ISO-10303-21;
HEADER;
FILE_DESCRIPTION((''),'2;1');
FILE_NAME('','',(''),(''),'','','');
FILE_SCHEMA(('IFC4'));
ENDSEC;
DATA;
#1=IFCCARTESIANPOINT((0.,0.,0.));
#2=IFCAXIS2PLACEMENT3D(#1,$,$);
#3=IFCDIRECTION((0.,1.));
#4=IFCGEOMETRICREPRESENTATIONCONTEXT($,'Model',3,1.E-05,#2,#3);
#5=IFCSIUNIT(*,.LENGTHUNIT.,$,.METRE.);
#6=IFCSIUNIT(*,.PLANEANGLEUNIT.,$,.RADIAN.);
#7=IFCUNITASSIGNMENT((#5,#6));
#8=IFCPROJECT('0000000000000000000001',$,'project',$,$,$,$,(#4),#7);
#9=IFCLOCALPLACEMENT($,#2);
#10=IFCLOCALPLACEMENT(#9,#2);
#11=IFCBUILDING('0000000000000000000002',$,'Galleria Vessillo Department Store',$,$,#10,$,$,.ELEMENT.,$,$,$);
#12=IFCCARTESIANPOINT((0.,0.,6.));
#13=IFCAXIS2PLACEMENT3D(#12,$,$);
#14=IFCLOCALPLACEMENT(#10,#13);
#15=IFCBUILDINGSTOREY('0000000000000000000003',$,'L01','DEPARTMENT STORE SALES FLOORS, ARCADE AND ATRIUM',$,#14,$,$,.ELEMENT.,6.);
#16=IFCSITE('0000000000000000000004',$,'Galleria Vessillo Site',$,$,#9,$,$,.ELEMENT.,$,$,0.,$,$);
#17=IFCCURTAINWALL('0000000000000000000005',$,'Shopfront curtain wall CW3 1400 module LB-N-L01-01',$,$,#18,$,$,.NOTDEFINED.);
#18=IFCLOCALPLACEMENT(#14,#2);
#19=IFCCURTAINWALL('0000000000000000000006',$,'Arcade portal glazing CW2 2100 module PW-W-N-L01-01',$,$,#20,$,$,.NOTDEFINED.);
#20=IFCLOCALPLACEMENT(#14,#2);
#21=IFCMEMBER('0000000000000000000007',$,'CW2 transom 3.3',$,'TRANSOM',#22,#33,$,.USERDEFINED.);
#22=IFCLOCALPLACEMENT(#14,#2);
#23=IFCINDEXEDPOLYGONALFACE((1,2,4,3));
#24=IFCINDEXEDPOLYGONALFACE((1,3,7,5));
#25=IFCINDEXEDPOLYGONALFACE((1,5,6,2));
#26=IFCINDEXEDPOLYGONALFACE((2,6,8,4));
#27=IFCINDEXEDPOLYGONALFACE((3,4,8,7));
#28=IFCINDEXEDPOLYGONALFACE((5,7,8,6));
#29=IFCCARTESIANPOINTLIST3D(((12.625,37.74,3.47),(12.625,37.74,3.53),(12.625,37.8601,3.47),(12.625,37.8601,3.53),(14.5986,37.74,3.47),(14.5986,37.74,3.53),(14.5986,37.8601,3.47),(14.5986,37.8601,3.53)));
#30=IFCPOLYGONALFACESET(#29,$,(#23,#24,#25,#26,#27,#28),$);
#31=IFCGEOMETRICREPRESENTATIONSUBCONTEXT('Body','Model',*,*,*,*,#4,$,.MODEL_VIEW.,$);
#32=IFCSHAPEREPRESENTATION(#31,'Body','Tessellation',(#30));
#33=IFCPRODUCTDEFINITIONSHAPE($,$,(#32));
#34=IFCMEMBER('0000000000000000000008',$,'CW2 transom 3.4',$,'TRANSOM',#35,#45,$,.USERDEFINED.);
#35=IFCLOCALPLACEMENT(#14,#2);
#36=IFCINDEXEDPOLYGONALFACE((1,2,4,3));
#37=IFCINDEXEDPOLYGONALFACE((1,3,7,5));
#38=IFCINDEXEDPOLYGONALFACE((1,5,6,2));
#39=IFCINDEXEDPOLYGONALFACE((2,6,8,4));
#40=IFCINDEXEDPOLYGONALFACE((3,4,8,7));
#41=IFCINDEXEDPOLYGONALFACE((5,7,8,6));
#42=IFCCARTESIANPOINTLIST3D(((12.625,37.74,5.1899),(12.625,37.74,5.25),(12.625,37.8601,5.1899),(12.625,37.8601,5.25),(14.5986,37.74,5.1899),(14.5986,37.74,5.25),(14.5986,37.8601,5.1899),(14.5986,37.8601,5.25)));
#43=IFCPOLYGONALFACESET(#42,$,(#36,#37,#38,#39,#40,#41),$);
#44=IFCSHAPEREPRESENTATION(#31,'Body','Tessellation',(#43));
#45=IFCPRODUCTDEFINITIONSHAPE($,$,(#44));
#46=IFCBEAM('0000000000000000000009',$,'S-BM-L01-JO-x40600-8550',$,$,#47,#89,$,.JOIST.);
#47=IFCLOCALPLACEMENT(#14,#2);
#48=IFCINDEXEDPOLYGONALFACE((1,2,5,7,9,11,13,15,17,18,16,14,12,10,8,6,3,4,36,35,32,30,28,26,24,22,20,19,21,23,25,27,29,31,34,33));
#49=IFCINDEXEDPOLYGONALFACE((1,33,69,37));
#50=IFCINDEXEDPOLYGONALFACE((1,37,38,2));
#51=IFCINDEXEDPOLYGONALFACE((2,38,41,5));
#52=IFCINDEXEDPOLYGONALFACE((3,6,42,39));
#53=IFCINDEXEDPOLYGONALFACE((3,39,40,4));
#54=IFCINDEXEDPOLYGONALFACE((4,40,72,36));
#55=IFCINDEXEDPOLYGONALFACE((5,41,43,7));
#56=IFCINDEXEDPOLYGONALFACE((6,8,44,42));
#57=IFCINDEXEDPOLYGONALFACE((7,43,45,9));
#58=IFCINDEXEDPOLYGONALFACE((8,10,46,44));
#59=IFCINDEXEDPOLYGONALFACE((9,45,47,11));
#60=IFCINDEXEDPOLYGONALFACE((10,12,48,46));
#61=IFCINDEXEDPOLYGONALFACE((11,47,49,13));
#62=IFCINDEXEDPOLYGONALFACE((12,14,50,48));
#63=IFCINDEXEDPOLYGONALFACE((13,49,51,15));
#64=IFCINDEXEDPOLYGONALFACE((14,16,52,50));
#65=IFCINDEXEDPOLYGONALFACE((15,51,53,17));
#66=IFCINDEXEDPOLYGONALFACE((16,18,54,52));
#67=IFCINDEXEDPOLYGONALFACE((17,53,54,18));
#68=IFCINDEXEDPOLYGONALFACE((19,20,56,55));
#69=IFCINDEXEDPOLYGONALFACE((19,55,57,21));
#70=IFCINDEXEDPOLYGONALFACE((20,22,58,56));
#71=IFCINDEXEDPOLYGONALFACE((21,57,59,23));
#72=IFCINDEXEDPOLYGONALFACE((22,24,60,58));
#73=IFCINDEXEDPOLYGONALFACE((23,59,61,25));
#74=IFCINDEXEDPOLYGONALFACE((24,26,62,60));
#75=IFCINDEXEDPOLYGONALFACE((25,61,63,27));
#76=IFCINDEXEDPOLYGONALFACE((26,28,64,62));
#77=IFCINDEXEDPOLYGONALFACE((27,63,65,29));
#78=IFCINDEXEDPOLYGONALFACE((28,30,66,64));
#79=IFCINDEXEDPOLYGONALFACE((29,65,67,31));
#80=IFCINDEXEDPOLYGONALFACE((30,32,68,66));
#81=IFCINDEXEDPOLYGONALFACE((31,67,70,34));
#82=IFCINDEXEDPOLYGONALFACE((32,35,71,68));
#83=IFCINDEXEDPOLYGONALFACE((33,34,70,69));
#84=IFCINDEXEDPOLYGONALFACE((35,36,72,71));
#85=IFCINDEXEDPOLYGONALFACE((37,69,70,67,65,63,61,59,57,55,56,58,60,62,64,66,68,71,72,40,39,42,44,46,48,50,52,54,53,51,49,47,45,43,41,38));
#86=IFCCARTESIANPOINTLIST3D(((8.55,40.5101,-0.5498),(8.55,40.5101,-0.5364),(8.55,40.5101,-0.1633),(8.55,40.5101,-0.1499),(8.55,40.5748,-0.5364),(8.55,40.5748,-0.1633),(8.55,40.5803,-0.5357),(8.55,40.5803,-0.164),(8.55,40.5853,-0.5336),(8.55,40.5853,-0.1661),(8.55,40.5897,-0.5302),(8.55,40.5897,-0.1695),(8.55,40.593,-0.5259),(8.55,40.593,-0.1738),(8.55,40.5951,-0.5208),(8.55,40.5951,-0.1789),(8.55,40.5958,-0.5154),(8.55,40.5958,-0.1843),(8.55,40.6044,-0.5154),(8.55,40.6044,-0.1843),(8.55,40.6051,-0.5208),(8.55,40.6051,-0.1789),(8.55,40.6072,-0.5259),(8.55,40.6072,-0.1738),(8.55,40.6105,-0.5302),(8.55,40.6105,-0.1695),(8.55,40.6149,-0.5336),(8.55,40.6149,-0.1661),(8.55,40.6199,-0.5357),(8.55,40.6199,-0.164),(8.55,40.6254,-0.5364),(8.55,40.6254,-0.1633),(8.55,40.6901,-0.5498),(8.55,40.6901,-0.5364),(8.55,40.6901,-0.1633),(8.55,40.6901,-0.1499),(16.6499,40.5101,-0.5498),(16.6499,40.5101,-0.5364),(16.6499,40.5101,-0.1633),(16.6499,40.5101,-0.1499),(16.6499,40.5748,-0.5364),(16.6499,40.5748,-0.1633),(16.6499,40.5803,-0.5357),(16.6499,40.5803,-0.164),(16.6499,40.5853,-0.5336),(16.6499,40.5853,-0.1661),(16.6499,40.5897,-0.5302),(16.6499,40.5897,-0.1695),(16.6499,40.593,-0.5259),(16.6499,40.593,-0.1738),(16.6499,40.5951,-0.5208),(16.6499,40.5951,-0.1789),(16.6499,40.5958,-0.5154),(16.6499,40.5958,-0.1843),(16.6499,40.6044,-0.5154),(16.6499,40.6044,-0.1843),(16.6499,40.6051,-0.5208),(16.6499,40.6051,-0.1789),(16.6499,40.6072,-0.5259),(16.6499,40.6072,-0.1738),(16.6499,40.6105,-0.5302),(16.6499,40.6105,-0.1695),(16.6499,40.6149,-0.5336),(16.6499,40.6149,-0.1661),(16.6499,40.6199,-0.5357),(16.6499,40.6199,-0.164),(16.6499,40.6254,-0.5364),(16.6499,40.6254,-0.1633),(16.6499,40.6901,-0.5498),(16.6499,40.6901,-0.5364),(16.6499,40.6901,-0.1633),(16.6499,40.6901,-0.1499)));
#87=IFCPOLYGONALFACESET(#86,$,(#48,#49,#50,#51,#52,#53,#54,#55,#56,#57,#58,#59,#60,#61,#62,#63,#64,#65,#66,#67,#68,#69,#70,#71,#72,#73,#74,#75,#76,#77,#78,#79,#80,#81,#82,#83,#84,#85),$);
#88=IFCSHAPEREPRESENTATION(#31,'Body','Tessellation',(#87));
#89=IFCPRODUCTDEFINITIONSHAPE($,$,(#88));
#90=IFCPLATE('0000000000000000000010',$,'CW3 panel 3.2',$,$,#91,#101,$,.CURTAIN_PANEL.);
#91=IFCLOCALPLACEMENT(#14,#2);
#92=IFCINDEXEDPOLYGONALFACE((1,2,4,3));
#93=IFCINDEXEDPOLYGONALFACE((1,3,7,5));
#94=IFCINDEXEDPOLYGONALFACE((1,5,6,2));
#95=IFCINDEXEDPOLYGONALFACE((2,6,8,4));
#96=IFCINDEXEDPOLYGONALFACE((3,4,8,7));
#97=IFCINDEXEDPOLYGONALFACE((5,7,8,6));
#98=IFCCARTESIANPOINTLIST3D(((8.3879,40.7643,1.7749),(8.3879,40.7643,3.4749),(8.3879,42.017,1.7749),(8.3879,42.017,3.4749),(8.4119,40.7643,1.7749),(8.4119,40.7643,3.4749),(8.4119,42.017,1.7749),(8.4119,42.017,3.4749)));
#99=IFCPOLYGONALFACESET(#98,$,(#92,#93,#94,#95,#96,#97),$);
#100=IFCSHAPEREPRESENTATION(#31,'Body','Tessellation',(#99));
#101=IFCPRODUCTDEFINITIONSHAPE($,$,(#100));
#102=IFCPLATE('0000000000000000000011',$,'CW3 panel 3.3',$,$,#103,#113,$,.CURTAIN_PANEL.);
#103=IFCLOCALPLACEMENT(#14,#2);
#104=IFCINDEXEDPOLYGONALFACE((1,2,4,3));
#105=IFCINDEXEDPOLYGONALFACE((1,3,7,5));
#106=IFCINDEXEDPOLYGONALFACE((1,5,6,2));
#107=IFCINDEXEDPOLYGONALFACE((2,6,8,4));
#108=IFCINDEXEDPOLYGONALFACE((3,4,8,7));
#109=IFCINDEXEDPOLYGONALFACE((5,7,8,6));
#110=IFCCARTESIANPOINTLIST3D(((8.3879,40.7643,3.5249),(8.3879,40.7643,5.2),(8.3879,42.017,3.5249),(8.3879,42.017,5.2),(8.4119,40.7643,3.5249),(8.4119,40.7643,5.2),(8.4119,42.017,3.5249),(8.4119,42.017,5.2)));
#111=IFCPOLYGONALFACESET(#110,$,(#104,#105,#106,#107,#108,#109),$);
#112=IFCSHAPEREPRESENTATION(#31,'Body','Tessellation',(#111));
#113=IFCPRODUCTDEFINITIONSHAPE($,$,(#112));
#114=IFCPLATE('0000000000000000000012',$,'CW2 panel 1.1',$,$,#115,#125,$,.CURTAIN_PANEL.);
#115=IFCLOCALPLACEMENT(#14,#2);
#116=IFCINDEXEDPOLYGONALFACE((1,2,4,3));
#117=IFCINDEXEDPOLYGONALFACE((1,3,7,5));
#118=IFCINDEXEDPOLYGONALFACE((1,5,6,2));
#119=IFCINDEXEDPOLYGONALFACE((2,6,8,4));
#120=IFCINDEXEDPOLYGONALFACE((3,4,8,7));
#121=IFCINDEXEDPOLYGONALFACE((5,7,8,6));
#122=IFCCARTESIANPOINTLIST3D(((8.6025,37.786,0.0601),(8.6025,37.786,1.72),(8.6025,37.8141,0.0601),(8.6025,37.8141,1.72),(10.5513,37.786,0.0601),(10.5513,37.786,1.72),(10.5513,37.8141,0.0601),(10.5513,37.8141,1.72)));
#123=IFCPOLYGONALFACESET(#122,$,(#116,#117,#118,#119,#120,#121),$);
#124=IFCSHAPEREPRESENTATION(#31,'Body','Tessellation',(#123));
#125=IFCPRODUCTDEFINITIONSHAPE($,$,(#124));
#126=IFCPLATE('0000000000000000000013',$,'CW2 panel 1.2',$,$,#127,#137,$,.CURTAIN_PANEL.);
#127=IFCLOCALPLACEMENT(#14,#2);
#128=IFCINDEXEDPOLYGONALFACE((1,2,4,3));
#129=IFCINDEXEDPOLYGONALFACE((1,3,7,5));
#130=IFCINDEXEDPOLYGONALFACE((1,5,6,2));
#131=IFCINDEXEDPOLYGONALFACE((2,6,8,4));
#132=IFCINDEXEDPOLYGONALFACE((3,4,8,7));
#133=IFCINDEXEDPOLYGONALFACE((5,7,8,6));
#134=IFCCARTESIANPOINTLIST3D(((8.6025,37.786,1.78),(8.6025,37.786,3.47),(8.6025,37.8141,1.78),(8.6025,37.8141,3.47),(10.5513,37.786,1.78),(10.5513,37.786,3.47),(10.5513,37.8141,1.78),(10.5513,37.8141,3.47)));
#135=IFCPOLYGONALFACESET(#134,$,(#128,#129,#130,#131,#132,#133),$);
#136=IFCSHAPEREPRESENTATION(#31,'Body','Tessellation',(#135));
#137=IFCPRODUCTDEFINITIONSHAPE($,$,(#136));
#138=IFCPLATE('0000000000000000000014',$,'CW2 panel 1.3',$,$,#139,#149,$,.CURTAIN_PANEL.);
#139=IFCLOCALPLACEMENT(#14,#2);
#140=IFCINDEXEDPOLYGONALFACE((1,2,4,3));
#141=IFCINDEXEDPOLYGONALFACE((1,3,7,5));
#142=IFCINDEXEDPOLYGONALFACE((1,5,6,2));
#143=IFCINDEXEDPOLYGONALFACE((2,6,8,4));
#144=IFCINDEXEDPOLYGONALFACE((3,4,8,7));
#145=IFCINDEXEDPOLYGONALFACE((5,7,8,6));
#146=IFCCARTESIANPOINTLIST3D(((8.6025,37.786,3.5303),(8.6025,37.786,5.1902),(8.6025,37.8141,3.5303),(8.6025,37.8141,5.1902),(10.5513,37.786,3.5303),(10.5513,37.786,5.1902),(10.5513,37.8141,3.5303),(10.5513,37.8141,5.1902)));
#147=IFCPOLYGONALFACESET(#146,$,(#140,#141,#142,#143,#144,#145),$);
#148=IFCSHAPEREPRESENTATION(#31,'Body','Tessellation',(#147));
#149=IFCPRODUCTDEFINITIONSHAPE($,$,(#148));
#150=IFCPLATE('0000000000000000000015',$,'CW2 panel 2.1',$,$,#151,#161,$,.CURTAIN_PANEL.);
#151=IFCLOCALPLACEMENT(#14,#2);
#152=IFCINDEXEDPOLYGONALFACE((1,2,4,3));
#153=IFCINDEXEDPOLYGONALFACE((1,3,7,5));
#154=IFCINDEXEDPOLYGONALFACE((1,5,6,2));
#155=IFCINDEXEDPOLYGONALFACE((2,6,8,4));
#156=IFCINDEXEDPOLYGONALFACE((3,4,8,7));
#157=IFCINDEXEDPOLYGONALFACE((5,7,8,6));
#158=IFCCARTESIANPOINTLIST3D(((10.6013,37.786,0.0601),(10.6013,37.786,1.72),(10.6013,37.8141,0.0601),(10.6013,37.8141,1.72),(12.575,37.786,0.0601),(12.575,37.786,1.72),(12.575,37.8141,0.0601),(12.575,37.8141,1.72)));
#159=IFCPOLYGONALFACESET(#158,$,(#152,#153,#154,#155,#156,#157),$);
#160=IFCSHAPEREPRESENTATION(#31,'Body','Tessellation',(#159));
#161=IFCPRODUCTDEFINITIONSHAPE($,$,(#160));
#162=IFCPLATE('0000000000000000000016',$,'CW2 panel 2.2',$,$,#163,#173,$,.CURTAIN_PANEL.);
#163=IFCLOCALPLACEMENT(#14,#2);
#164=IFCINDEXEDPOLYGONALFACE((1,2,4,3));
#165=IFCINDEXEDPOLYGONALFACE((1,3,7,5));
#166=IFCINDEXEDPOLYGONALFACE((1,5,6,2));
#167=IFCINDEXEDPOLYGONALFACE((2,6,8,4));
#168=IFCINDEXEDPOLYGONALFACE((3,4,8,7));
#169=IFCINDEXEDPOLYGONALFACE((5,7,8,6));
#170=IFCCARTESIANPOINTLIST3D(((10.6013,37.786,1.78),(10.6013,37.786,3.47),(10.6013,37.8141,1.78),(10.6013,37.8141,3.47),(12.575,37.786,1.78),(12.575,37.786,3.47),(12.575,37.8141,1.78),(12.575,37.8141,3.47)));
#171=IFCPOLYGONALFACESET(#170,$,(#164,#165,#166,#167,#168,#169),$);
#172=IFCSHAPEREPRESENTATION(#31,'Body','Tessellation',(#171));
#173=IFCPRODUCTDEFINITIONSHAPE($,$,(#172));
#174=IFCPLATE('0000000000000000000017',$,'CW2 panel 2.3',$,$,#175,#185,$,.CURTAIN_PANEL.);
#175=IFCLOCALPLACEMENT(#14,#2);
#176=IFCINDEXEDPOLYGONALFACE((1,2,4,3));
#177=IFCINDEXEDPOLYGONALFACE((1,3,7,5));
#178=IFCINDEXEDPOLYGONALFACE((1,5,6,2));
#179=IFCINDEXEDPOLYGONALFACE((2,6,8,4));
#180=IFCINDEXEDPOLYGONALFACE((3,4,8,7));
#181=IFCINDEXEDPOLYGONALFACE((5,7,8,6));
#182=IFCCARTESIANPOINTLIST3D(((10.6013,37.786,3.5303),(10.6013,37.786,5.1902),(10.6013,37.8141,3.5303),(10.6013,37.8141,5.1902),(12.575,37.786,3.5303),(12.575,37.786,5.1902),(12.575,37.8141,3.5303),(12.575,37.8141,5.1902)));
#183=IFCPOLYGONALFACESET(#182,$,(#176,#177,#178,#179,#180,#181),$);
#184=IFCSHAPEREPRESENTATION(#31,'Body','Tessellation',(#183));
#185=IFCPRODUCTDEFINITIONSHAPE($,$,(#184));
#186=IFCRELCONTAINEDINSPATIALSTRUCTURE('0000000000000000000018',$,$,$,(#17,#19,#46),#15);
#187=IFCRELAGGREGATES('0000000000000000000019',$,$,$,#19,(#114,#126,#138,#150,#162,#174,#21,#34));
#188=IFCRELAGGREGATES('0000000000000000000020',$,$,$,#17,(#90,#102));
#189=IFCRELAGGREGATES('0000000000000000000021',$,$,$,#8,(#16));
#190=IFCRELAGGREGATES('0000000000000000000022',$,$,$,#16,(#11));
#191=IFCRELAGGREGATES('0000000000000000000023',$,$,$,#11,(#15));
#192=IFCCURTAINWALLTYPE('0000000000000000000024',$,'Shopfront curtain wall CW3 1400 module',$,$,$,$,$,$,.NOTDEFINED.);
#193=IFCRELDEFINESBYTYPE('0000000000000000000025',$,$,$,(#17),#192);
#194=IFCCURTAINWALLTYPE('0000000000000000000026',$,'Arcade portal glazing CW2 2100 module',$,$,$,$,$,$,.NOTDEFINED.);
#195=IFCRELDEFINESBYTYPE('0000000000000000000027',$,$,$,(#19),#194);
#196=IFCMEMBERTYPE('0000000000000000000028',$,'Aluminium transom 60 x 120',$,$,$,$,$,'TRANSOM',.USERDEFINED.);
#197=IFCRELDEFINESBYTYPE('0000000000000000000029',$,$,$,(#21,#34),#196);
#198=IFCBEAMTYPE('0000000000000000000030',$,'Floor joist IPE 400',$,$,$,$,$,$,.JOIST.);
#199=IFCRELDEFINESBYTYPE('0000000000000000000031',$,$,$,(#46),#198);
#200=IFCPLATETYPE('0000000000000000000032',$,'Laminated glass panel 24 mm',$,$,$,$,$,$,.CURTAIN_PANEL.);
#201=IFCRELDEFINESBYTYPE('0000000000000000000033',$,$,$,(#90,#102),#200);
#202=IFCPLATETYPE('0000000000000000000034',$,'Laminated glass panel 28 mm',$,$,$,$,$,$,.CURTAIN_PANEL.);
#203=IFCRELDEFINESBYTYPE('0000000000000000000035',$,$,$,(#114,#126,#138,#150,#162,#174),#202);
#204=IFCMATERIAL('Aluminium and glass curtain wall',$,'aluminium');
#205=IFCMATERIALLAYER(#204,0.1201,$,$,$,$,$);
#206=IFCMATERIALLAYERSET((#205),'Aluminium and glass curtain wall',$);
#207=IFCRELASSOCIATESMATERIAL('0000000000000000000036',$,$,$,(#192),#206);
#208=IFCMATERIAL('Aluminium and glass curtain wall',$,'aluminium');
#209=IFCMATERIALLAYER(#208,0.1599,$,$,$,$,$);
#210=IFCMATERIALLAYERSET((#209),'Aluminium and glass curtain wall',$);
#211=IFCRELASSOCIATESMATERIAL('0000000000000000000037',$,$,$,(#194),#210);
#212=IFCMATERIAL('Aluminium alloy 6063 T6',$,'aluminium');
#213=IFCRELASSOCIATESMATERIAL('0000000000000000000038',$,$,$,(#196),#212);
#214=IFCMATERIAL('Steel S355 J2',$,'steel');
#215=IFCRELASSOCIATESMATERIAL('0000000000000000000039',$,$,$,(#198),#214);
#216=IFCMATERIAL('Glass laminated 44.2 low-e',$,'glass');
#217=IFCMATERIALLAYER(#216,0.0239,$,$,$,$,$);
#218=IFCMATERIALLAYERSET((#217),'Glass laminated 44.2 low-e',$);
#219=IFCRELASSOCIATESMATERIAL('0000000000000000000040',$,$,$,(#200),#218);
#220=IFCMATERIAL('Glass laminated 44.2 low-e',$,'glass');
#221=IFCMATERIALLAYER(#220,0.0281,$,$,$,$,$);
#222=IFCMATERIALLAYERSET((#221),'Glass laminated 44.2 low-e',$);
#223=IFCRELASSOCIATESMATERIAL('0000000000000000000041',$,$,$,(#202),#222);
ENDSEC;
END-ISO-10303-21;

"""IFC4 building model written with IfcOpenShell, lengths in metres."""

from ifc_helpers import new_model, si_unit, direction, frame, origin, origin_2d, place, context, subcontext, project, spatial, rectangle, i_section, extrude, material, layer, layer_set, material_profile, profile_set, type_object, element, aggregate, save


model = new_model("IFC4")

# Units and contexts
model_context = context("Model", 3, precision=1e-05, world=origin(), true_north=direction((0.0, 1.0)))
body_context = subcontext(model_context, "Body", "Model", "MODEL_VIEW")
ifc_project = project(units=[si_unit("LENGTHUNIT", "METRE"), si_unit("PLANEANGLEUNIT", "RADIAN")], contexts=[model_context])

# Site, building, storey
site_placement = place(None, origin())
site = spatial("IfcSite", under=ifc_project, at=site_placement, Name="Galleria Vessillo Site", CompositionType="ELEMENT", RefElevation=0.0)
building_placement = place(site_placement, origin())
building = spatial("IfcBuilding", under=site, at=building_placement, Name="Galleria Vessillo Department Store", CompositionType="ELEMENT")
storey_placement = place(building_placement, frame((0.0, 0.0, 6.0)))
storey = spatial("IfcBuildingStorey", under=building, at=storey_placement, Name="L01", Description="DEPARTMENT STORE SALES FLOORS, ARCADE AND ATRIUM", CompositionType="ELEMENT", Elevation=6.0)

# Curtain wall
ifc_material_1 = material(Name="Aluminium and glass curtain wall", Category="aluminium")
ifc_layer_1 = layer(ifc_material_1, 0.1201)
ifc_layer_set_1 = layer_set([ifc_layer_1], Name="Aluminium and glass curtain wall")
curtain_wall_type_1 = type_object("IfcCurtainWallType", Name="Shopfront curtain wall CW3 1400 module", PredefinedType="NOTDEFINED", material=ifc_layer_set_1)
curtain_wall_1_placement = place(storey_placement, origin())
curtain_wall_1 = element("IfcCurtainWall", 1, at=curtain_wall_1_placement, inside=storey, type_object=curtain_wall_type_1, Name="Shopfront curtain wall CW3 1400 module LB-N-L01-01", PredefinedType="NOTDEFINED")

# Curtain wall
ifc_material_2 = material(Name="Aluminium and glass curtain wall", Category="aluminium")
ifc_layer_2 = layer(ifc_material_2, 0.1599)
ifc_layer_set_2 = layer_set([ifc_layer_2], Name="Aluminium and glass curtain wall")
curtain_wall_type_2 = type_object("IfcCurtainWallType", Name="Arcade portal glazing CW2 2100 module", PredefinedType="NOTDEFINED", material=ifc_layer_set_2)
curtain_wall_2_placement = place(storey_placement, origin())
curtain_wall_2 = element("IfcCurtainWall", 2, at=curtain_wall_2_placement, inside=storey, type_object=curtain_wall_type_2, Name="Arcade portal glazing CW2 2100 module PW-W-N-L01-01", PredefinedType="NOTDEFINED")

# Members
ifc_material_3 = material(Name="Aluminium alloy 6063 T6", Category="aluminium")
ifc_material_profile_1 = material_profile(ifc_material_3, rectangle(XDim=0.1201, YDim=0.0601, at=origin_2d()), Name="AL 60x120")
ifc_profile_set_1 = profile_set([ifc_material_profile_1], Name="Aluminium alloy 6063 T6")
member_type_1 = type_object("IfcMemberType", Name="Aluminium transom 60 x 120", ElementType="TRANSOM", PredefinedType="USERDEFINED", material=ifc_profile_set_1)
member_1_placement = place(storey_placement, frame((12.625, 37.8, 3.5), z_axis=(1.0, 0.0, 0.0), x_axis=(0.0, 1.0, 0.0)))
member_1 = element("IfcMember", 3, at=member_1_placement, type_object=member_type_1, Name="CW2 transom 3.3", ObjectType="TRANSOM", PredefinedType="USERDEFINED", context=body_context, shape_type="SweptSolid", body=[
    extrude(rectangle(XDim=0.1201, YDim=0.0601, at=origin_2d()), origin(), (0.0, 0.0, 1.0), 1.9736),
])
member_2_placement = place(storey_placement, frame((12.625, 37.8, 5.22), z_axis=(1.0, 0.0, 0.0), x_axis=(0.0, 1.0, 0.0)))
member_2 = element("IfcMember", 4, at=member_2_placement, type_object=member_type_1, Name="CW2 transom 3.4", ObjectType="TRANSOM", PredefinedType="USERDEFINED", context=body_context, shape_type="SweptSolid", body=[
    extrude(rectangle(XDim=0.1201, YDim=0.0601, at=origin_2d()), origin(), (0.0, 0.0, 1.0), 1.9736),
])

# Beam
ifc_material_4 = material(Name="Steel S355 J2", Category="steel")
ifc_material_profile_2 = material_profile(ifc_material_4, i_section(OverallWidth=0.1799, OverallDepth=0.3999, WebThickness=0.0085, FlangeThickness=0.0134, FilletRadius=0.021, at=origin_2d()), Name="IPE 400")
ifc_profile_set_2 = profile_set([ifc_material_profile_2], Name="Steel S355 J2")
beam_type = type_object("IfcBeamType", Name="Floor joist IPE 400", PredefinedType="JOIST", material=ifc_profile_set_2)
beam_placement = place(storey_placement, frame((8.55, 40.6001, -0.3499), z_axis=(1.0, 0.0, 0.0), x_axis=(0.0, 1.0, 0.0)))
element("IfcBeam", 5, at=beam_placement, inside=storey, type_object=beam_type, Name="S-BM-L01-JO-x40600-8550", PredefinedType="JOIST", context=body_context, shape_type="SweptSolid", body=[
    extrude(i_section(OverallWidth=0.1799, OverallDepth=0.3999, WebThickness=0.0085, FlangeThickness=0.0134, FilletRadius=0.021, at=origin_2d()), origin(), (0.0, 0.0, 1.0), 8.0999),
])

# Plates
ifc_material_5 = material(Name="Glass laminated 44.2 low-e", Category="glass")
ifc_layer_3 = layer(ifc_material_5, 0.0239)
ifc_layer_set_3 = layer_set([ifc_layer_3], Name="Glass laminated 44.2 low-e")
plate_type_1 = type_object("IfcPlateType", Name="Laminated glass panel 24 mm", PredefinedType="CURTAIN_PANEL", material=ifc_layer_set_3)
plate_1_placement = place(storey_placement, frame((8.3999, 41.3906, 1.7749), z_axis=(0.0, 0.0, 1.0), x_axis=(0.0, 1.0, 0.0)))
plate_1 = element("IfcPlate", 6, at=plate_1_placement, type_object=plate_type_1, Name="CW3 panel 3.2", PredefinedType="CURTAIN_PANEL", context=body_context, shape_type="SweptSolid", body=[
    extrude(rectangle(XDim=1.2527, YDim=0.0239, at=origin_2d()), origin(), (0.0, 0.0, 1.0), 1.7),
])
plate_2_placement = place(storey_placement, frame((8.3999, 41.3906, 3.5249), z_axis=(0.0, 0.0, 1.0), x_axis=(0.0, 1.0, 0.0)))
plate_2 = element("IfcPlate", 7, at=plate_2_placement, type_object=plate_type_1, Name="CW3 panel 3.3", PredefinedType="CURTAIN_PANEL", context=body_context, shape_type="SweptSolid", body=[
    extrude(rectangle(XDim=1.2527, YDim=0.0239, at=origin_2d()), origin(), (0.0, 0.0, 1.0), 1.675),
])
ifc_material_6 = material(Name="Glass laminated 44.2 low-e", Category="glass")
ifc_layer_4 = layer(ifc_material_6, 0.0281)
ifc_layer_set_4 = layer_set([ifc_layer_4], Name="Glass laminated 44.2 low-e")
plate_type_2 = type_object("IfcPlateType", Name="Laminated glass panel 28 mm", PredefinedType="CURTAIN_PANEL", material=ifc_layer_set_4)
plate_3_placement = place(storey_placement, frame((9.5769, 37.8, 0.0601), z_axis=(0.0, 0.0, 1.0), x_axis=(1.0, 0.0, 0.0)))
plate_3 = element("IfcPlate", 8, at=plate_3_placement, type_object=plate_type_2, Name="CW2 panel 1.1", PredefinedType="CURTAIN_PANEL", context=body_context, shape_type="SweptSolid", body=[
    extrude(rectangle(XDim=1.9487, YDim=0.0281, at=origin_2d()), origin(), (0.0, 0.0, 1.0), 1.6599),
])
plate_4_placement = place(storey_placement, frame((9.5769, 37.8, 1.78), z_axis=(0.0, 0.0, 1.0), x_axis=(1.0, 0.0, 0.0)))
plate_4 = element("IfcPlate", 9, at=plate_4_placement, type_object=plate_type_2, Name="CW2 panel 1.2", PredefinedType="CURTAIN_PANEL", context=body_context, shape_type="SweptSolid", body=[
    extrude(rectangle(XDim=1.9487, YDim=0.0281, at=origin_2d()), origin(), (0.0, 0.0, 1.0), 1.6899),
])
plate_5_placement = place(storey_placement, frame((9.5769, 37.8, 3.5303), z_axis=(0.0, 0.0, 1.0), x_axis=(1.0, 0.0, 0.0)))
plate_5 = element("IfcPlate", 10, at=plate_5_placement, type_object=plate_type_2, Name="CW2 panel 1.3", PredefinedType="CURTAIN_PANEL", context=body_context, shape_type="SweptSolid", body=[
    extrude(rectangle(XDim=1.9487, YDim=0.0281, at=origin_2d()), origin(), (0.0, 0.0, 1.0), 1.6599),
])
plate_6_placement = place(storey_placement, frame((11.5881, 37.8, 0.0601), z_axis=(0.0, 0.0, 1.0), x_axis=(1.0, 0.0, 0.0)))
plate_6 = element("IfcPlate", 11, at=plate_6_placement, type_object=plate_type_2, Name="CW2 panel 2.1", PredefinedType="CURTAIN_PANEL", context=body_context, shape_type="SweptSolid", body=[
    extrude(rectangle(XDim=1.9736, YDim=0.0281, at=origin_2d()), origin(), (0.0, 0.0, 1.0), 1.6599),
])
plate_7_placement = place(storey_placement, frame((11.5881, 37.8, 1.78), z_axis=(0.0, 0.0, 1.0), x_axis=(1.0, 0.0, 0.0)))
plate_7 = element("IfcPlate", 12, at=plate_7_placement, type_object=plate_type_2, Name="CW2 panel 2.2", PredefinedType="CURTAIN_PANEL", context=body_context, shape_type="SweptSolid", body=[
    extrude(rectangle(XDim=1.9736, YDim=0.0281, at=origin_2d()), origin(), (0.0, 0.0, 1.0), 1.6899),
])
plate_8_placement = place(storey_placement, frame((11.5881, 37.8, 3.5303), z_axis=(0.0, 0.0, 1.0), x_axis=(1.0, 0.0, 0.0)))
plate_8 = element("IfcPlate", 13, at=plate_8_placement, type_object=plate_type_2, Name="CW2 panel 2.3", PredefinedType="CURTAIN_PANEL", context=body_context, shape_type="SweptSolid", body=[
    extrude(rectangle(XDim=1.9736, YDim=0.0281, at=origin_2d()), origin(), (0.0, 0.0, 1.0), 1.6599),
])
aggregate(curtain_wall_2, [plate_3, plate_4, plate_5, plate_6, plate_7, plate_8, member_1, member_2])
aggregate(curtain_wall_1, [plate_1, plate_2])

save(model, "model.ifc")
